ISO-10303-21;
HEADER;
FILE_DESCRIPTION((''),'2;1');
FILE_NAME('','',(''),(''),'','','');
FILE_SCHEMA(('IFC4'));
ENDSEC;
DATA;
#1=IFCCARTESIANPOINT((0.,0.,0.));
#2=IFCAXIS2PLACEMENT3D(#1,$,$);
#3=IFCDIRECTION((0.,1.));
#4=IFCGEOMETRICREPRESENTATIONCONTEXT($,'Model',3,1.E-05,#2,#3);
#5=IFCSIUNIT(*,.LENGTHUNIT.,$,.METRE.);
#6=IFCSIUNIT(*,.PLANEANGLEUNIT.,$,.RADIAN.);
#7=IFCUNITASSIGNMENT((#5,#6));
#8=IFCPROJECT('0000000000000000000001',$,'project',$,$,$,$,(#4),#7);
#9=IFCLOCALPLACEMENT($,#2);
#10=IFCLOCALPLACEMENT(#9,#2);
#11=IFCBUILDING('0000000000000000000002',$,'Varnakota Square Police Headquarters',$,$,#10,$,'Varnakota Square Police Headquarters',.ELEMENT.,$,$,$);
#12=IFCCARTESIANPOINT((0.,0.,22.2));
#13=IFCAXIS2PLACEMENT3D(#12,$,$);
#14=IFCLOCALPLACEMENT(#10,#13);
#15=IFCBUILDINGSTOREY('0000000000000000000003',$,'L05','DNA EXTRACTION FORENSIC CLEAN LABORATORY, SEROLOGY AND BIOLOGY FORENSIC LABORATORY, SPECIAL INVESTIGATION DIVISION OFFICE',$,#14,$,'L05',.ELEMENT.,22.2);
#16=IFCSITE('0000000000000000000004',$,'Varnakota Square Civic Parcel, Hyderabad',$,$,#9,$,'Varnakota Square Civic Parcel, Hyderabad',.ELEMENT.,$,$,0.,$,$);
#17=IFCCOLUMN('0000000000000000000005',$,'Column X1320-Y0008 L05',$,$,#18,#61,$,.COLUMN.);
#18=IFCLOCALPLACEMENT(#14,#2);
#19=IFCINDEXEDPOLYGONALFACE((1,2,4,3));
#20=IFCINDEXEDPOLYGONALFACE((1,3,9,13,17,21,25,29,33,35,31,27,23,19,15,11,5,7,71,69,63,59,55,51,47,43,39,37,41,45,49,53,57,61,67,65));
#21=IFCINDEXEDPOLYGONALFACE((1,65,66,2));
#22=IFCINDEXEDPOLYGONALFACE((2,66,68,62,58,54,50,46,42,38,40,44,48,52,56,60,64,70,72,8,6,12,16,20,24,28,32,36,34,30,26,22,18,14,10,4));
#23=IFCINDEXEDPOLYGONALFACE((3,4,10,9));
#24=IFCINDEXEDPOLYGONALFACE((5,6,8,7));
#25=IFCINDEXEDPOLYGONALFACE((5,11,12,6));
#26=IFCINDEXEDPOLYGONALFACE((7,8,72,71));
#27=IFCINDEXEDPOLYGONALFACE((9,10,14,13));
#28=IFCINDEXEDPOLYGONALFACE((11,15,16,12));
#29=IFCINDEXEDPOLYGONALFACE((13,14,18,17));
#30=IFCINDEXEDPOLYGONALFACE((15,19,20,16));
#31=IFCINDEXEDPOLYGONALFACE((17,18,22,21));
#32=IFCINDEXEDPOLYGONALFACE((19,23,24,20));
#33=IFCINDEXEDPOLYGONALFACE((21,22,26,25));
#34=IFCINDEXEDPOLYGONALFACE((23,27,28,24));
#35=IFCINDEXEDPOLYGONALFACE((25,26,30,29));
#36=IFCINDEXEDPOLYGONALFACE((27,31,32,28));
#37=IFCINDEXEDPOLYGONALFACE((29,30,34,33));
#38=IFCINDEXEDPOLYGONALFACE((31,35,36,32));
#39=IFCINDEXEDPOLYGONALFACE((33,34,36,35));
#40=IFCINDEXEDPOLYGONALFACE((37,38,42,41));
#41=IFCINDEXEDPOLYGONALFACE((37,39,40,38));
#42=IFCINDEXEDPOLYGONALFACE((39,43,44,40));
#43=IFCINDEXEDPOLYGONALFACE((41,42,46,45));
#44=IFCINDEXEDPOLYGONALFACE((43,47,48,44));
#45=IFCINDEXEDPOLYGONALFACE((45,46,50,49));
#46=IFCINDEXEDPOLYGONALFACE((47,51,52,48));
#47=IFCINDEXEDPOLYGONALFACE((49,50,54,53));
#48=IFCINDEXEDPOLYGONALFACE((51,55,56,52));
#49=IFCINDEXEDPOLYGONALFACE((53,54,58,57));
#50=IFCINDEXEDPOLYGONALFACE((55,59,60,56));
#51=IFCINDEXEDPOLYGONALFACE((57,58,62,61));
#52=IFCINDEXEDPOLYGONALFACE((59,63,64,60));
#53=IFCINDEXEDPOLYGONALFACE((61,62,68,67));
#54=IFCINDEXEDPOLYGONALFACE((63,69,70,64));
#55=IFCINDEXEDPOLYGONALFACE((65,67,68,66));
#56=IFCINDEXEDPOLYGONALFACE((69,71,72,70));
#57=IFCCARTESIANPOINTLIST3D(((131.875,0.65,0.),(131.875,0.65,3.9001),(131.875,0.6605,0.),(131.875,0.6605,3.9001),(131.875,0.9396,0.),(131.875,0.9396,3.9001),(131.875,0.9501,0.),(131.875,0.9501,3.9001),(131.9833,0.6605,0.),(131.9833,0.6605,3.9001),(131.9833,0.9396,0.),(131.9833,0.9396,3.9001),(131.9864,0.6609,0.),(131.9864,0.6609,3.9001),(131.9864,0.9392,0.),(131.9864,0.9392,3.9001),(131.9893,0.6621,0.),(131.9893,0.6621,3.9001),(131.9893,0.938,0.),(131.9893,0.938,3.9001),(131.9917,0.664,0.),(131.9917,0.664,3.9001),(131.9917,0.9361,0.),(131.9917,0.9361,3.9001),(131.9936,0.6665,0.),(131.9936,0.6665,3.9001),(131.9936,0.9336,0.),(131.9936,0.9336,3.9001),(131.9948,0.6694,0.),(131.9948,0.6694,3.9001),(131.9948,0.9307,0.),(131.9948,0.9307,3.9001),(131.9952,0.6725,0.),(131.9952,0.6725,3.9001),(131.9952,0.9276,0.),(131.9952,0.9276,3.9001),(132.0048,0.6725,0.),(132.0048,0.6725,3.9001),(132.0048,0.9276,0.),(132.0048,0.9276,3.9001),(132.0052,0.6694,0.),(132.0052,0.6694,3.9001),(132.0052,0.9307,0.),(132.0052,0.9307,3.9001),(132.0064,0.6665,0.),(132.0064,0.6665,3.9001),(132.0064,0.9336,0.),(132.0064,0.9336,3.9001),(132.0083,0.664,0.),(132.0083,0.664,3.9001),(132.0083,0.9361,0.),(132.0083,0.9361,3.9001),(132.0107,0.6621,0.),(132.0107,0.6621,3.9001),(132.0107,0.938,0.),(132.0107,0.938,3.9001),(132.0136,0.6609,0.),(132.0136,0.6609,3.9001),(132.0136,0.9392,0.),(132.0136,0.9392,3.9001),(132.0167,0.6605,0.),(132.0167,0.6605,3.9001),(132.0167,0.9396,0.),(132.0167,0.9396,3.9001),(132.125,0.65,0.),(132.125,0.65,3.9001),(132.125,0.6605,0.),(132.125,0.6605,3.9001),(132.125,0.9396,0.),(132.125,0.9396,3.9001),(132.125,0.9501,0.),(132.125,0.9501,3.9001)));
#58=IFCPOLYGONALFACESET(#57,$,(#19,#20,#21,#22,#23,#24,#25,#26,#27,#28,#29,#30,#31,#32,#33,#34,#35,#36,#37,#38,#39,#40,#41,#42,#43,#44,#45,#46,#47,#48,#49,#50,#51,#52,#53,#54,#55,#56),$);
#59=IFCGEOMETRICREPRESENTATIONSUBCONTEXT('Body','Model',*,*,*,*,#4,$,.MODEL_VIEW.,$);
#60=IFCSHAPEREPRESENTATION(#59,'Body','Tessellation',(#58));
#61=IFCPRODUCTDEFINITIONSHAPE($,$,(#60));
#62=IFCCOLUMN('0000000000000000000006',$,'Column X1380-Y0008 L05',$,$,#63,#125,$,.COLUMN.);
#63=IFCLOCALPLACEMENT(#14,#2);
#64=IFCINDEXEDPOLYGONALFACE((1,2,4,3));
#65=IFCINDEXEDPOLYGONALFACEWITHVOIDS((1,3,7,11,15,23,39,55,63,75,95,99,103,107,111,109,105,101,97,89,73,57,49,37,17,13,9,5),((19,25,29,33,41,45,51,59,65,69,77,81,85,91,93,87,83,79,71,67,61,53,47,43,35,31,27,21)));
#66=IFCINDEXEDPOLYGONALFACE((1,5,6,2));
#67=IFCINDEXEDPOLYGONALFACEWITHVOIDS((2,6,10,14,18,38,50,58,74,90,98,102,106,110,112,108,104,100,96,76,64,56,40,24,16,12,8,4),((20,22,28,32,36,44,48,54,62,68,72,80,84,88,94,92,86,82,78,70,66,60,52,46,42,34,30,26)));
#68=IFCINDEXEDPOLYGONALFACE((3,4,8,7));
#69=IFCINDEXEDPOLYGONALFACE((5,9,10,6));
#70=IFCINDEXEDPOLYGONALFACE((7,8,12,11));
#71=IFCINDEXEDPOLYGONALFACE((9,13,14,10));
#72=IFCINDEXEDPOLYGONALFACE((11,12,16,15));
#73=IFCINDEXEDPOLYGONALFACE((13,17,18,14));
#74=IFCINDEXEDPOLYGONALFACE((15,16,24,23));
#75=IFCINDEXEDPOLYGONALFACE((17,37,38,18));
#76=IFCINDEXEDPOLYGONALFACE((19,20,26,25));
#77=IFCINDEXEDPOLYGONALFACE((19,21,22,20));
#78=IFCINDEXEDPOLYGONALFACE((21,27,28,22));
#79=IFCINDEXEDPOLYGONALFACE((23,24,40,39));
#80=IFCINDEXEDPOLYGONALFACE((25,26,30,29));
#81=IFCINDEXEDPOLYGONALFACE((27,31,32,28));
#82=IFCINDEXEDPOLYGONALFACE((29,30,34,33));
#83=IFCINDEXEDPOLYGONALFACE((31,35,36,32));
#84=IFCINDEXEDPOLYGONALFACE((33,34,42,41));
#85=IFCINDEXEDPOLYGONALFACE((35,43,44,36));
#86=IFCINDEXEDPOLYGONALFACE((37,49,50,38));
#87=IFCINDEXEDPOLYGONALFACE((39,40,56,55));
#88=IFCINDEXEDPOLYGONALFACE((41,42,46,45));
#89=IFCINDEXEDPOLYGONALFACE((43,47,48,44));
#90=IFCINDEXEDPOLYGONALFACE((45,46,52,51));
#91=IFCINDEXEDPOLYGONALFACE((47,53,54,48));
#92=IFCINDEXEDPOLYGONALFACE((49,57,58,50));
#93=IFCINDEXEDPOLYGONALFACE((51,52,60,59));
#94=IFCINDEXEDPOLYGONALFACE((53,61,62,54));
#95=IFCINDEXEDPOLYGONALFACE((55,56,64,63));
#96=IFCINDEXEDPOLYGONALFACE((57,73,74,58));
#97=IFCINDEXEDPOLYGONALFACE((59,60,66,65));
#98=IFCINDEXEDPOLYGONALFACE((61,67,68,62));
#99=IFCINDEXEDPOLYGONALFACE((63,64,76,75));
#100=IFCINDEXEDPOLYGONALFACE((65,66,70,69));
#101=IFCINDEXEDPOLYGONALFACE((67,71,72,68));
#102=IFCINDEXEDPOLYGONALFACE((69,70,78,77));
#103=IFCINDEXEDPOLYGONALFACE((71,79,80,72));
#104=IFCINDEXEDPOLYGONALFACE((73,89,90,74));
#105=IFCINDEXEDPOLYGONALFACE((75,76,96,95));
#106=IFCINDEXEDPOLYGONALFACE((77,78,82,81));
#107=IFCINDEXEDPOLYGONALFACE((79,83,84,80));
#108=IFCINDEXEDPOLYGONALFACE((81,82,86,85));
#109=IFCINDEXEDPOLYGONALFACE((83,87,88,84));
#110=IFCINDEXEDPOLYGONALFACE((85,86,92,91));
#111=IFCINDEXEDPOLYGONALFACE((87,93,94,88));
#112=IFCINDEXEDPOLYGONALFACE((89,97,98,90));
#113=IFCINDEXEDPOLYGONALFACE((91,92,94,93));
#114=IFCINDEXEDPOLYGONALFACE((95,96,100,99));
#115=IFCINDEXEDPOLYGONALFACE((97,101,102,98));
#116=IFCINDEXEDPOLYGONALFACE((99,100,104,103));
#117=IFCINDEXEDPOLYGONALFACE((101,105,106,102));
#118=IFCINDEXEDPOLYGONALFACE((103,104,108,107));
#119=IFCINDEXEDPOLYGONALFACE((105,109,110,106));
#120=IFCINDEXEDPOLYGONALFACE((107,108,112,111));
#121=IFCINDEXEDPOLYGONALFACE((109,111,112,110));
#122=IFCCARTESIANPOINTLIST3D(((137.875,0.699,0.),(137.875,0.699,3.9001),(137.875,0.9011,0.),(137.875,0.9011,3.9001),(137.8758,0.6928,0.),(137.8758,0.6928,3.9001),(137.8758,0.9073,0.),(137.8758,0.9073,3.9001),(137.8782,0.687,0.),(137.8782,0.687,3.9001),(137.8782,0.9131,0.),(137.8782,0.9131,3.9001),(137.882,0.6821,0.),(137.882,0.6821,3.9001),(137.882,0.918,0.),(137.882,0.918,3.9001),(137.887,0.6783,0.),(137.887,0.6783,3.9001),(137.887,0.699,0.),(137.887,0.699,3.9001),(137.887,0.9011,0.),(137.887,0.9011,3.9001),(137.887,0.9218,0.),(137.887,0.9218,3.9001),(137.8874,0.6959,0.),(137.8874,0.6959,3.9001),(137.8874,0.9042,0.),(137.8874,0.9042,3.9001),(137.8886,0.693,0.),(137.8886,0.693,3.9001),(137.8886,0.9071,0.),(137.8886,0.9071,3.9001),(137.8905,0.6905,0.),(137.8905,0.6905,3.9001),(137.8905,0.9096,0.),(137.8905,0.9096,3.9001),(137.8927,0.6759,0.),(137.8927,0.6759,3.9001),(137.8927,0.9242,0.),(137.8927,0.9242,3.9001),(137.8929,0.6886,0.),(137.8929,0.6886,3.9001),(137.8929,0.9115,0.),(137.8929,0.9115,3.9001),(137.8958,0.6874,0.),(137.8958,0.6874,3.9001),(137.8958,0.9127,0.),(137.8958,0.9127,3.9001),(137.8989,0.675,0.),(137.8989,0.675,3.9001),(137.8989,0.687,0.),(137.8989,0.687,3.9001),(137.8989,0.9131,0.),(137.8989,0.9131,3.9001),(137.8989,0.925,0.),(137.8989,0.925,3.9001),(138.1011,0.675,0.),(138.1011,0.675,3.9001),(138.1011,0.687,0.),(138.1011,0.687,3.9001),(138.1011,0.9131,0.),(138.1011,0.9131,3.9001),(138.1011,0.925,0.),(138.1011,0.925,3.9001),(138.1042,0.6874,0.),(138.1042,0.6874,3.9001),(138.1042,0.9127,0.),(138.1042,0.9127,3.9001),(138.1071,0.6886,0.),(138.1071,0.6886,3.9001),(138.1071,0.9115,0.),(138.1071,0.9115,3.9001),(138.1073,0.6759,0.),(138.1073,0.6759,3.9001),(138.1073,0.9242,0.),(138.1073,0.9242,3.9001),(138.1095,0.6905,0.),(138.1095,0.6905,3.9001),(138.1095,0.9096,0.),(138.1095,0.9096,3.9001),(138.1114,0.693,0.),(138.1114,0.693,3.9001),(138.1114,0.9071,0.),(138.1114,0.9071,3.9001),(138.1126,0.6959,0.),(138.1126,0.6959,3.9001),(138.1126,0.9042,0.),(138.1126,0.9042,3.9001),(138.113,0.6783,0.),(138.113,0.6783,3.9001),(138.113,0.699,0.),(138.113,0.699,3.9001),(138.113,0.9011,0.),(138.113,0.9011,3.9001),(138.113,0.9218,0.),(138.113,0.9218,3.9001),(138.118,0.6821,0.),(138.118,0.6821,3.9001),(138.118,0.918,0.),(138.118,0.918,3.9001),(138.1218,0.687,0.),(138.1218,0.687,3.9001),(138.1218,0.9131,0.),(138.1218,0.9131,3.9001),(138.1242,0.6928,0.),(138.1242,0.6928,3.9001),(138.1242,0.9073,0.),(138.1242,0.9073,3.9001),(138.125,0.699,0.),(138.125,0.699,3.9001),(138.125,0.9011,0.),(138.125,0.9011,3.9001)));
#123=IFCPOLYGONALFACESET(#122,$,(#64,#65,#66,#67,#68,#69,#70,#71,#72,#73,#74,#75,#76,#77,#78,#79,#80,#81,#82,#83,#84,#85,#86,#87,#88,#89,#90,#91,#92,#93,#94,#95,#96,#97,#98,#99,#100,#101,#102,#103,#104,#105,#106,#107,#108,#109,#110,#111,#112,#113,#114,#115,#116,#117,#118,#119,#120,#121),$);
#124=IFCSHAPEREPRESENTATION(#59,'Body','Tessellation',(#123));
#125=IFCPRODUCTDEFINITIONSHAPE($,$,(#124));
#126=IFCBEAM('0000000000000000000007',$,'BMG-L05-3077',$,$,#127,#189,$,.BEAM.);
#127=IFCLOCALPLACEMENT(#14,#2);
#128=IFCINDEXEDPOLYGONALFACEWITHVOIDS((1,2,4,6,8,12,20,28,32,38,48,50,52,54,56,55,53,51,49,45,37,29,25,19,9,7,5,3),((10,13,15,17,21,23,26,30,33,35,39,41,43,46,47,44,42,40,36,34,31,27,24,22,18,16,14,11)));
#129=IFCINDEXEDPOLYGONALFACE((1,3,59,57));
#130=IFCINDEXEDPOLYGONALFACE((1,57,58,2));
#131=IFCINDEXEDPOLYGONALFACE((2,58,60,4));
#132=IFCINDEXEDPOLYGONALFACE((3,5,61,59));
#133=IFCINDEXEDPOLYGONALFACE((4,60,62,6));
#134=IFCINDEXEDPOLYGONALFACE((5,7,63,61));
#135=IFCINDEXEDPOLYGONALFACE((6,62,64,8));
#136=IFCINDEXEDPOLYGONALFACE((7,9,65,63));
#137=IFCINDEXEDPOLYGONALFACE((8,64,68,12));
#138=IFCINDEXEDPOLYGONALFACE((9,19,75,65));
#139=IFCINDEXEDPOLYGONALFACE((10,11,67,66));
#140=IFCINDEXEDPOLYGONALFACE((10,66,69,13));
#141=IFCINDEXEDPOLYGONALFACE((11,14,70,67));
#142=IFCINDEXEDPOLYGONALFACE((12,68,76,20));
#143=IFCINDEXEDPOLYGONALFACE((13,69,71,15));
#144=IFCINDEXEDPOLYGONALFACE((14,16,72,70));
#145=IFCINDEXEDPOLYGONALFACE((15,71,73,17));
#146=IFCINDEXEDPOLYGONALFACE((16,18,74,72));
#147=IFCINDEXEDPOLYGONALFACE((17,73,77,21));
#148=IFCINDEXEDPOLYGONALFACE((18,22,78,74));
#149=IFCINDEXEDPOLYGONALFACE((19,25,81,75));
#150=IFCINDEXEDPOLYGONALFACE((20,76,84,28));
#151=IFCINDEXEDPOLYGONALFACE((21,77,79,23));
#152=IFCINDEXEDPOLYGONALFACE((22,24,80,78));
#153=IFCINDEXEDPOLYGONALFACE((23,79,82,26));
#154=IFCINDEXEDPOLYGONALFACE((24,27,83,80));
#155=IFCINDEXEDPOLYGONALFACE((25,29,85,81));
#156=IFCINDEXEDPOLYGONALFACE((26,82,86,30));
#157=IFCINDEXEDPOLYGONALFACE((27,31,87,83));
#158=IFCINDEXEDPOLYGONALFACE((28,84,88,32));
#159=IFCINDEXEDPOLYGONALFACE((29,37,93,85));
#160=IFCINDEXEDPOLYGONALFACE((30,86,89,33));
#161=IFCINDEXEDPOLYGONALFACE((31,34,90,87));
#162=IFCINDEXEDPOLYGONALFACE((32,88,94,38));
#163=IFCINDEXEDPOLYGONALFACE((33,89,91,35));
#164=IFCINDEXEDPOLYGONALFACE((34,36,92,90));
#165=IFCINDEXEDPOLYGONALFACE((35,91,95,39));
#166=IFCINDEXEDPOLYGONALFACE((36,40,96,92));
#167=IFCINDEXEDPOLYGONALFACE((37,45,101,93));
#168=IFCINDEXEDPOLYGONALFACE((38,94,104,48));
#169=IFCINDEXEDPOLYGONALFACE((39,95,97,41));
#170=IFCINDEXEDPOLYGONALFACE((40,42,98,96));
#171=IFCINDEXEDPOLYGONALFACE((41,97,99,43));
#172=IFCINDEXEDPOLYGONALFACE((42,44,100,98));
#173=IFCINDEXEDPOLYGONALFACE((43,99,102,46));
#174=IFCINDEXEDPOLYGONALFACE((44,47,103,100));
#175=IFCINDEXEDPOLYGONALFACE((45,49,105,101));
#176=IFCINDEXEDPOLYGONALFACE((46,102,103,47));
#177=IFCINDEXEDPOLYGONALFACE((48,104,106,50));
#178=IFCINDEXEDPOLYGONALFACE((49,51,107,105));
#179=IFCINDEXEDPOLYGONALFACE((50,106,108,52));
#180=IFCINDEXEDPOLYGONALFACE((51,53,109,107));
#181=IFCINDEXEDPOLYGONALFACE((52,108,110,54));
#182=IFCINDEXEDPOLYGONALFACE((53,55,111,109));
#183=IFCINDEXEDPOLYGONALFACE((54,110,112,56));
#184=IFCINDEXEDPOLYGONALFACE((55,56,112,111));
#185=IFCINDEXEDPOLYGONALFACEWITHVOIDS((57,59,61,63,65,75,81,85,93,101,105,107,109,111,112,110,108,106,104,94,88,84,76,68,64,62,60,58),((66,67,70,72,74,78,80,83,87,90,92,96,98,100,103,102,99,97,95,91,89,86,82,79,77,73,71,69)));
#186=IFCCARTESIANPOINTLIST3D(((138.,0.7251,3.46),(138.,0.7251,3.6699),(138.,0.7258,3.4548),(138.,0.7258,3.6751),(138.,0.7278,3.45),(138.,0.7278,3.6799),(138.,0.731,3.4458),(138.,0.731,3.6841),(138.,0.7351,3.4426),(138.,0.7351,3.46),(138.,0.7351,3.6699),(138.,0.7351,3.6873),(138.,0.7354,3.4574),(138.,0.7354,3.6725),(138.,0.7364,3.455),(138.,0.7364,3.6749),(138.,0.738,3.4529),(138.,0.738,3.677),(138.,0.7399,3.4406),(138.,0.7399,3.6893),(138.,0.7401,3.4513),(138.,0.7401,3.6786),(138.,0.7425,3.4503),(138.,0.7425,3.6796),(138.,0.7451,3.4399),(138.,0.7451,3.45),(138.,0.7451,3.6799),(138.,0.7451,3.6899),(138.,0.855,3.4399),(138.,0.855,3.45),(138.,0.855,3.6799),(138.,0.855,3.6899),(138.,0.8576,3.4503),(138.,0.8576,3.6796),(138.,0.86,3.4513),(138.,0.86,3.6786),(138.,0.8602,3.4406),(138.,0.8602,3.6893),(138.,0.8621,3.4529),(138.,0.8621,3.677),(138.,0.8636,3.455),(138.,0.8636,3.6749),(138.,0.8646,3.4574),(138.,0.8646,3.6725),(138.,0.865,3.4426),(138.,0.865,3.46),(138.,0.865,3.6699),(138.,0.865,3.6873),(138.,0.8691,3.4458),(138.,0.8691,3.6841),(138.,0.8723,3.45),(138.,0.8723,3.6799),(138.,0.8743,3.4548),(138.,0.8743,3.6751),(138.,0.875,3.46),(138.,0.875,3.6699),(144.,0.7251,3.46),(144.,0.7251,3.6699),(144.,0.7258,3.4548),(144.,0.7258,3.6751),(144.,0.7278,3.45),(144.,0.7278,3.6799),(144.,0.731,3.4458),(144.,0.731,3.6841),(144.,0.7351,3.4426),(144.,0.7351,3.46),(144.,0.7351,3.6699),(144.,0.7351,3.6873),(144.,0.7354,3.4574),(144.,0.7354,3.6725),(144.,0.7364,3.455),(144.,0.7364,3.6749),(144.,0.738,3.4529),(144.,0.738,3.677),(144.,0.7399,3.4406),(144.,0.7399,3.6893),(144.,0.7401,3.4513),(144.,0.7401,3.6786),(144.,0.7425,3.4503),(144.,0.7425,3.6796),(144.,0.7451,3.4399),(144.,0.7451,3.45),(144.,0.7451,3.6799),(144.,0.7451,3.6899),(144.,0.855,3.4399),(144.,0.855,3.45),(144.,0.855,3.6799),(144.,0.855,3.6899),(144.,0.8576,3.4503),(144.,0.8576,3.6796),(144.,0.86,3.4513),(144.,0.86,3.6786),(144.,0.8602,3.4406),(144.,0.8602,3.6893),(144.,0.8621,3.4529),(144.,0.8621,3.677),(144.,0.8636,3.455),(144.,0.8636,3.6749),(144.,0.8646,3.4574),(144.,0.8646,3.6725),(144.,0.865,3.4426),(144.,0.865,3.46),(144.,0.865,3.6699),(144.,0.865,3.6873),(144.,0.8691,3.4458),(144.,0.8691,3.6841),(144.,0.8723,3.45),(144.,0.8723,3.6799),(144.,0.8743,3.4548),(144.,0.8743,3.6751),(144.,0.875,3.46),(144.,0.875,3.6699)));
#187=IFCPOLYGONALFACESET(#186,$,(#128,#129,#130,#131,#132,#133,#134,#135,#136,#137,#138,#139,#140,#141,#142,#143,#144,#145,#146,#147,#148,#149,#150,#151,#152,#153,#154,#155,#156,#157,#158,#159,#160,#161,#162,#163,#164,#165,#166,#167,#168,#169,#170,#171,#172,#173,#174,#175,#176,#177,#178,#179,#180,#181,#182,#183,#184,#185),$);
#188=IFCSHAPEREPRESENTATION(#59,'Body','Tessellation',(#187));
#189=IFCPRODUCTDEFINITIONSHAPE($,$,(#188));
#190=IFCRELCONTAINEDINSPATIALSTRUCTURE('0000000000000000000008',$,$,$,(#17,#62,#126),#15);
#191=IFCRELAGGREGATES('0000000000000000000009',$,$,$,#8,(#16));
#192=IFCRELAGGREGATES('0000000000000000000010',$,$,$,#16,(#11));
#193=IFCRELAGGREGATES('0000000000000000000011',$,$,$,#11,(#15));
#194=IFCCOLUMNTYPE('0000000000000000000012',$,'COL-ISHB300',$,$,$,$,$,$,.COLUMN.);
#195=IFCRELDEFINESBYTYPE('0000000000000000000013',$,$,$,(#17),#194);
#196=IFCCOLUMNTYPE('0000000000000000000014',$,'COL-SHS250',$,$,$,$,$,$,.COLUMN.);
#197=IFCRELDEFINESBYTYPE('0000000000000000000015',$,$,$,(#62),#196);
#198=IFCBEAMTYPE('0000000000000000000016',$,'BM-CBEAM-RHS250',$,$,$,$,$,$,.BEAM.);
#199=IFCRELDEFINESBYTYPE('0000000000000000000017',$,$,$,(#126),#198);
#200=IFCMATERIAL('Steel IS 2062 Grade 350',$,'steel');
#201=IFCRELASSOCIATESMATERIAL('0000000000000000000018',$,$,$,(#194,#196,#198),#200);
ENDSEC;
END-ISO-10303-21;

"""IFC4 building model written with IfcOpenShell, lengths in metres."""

from ifc_helpers import new_model, si_unit, direction, frame, origin, origin_2d, place, context, subcontext, project, spatial, hollow_rectangle, i_section, extrude, material, material_profile, profile_set, type_object, element, save


model = new_model("IFC4")

# Units and contexts
model_context = context("Model", 3, precision=1e-05, world=origin(), true_north=direction((0.0, 1.0)))
body_context = subcontext(model_context, "Body", "Model", "MODEL_VIEW")
ifc_project = project(units=[si_unit("LENGTHUNIT", "METRE"), si_unit("PLANEANGLEUNIT", "RADIAN")], contexts=[model_context])

# Site, building, storey
site_placement = place(None, origin())
site = spatial("IfcSite", under=ifc_project, at=site_placement, Name="Varnakota Square Civic Parcel, Hyderabad", LongName="Varnakota Square Civic Parcel, Hyderabad", CompositionType="ELEMENT", RefElevation=0.0)
building_placement = place(site_placement, origin())
building = spatial("IfcBuilding", under=site, at=building_placement, Name="Varnakota Square Police Headquarters", LongName="Varnakota Square Police Headquarters", CompositionType="ELEMENT")
storey_placement = place(building_placement, frame((0.0, 0.0, 22.2)))
storey = spatial("IfcBuildingStorey", under=building, at=storey_placement, Name="L05", Description="DNA EXTRACTION FORENSIC CLEAN LABORATORY, SEROLOGY AND BIOLOGY FORENSIC LABORATORY, SPECIAL INVESTIGATION DIVISION OFFICE", LongName="L05", CompositionType="ELEMENT", Elevation=22.2)

# Columns
ifc_material_1 = material(Name="Steel IS 2062 Grade 350", Category="steel")
ifc_material_profile_1 = material_profile(ifc_material_1, i_section(OverallWidth=0.25, OverallDepth=0.3, WebThickness=0.0095, FlangeThickness=0.0105, FilletRadius=0.012, at=origin_2d()), Name="ISHB 300")
ifc_profile_set_1 = profile_set([ifc_material_profile_1], Name="Steel IS 2062 Grade 350")
column_type_1 = type_object("IfcColumnType", Name="COL-ISHB300", PredefinedType="COLUMN", material=ifc_profile_set_1)
column_1_placement = place(storey_placement, frame((132.0, 0.8, 0.0), z_axis=(0.0, 0.0, 1.0), x_axis=(1.0, 0.0, 0.0)))
element("IfcColumn", 1, at=column_1_placement, inside=storey, type_object=column_type_1, Name="Column X1320-Y0008 L05", PredefinedType="COLUMN", context=body_context, shape_type="SweptSolid", body=[
    extrude(i_section(OverallWidth=0.25, OverallDepth=0.3, WebThickness=0.0095, FlangeThickness=0.0105, FilletRadius=0.012, at=origin_2d()), origin(), (0.0, 0.0, 1.0), 3.9001),
])
ifc_material_profile_2 = material_profile(ifc_material_1, hollow_rectangle(XDim=0.25, YDim=0.25, WallThickness=0.012, InnerFilletRadius=0.012, OuterFilletRadius=0.0239, at=origin_2d()), Name="SHS 250x250x12")
ifc_profile_set_2 = profile_set([ifc_material_profile_2], Name="Steel IS 2062 Grade 350")
column_type_2 = type_object("IfcColumnType", Name="COL-SHS250", PredefinedType="COLUMN", material=ifc_profile_set_2)
column_2_placement = place(storey_placement, frame((138.0, 0.8, 0.0), z_axis=(0.0, 0.0, 1.0), x_axis=(1.0, 0.0, 0.0)))
element("IfcColumn", 2, at=column_2_placement, inside=storey, type_object=column_type_2, Name="Column X1380-Y0008 L05", PredefinedType="COLUMN", context=body_context, shape_type="SweptSolid", body=[
    extrude(hollow_rectangle(XDim=0.25, YDim=0.25, WallThickness=0.012, InnerFilletRadius=0.012, OuterFilletRadius=0.0239, at=origin_2d()), origin(), (0.0, 0.0, 1.0), 3.9001),
])

# Beam
ifc_material_profile_3 = material_profile(ifc_material_1, hollow_rectangle(XDim=0.1499, YDim=0.25, WallThickness=0.01, InnerFilletRadius=0.01, OuterFilletRadius=0.02, at=origin_2d()), Name="RHS 250x150x10")
ifc_profile_set_3 = profile_set([ifc_material_profile_3], Name="Steel IS 2062 Grade 350")
beam_type_1 = type_object("IfcBeamType", Name="BM-CBEAM-RHS250", PredefinedType="BEAM", material=ifc_profile_set_3)
beam_1_placement = place(storey_placement, frame((138.0, 0.8, 3.5649), z_axis=(1.0, 0.0, 0.0), x_axis=(0.0, 1.0, 0.0)))
element("IfcBeam", 3, at=beam_1_placement, inside=storey, type_object=beam_type_1, Name="BMG-L05-3077", PredefinedType="BEAM", context=body_context, shape_type="SweptSolid", body=[
    extrude(hollow_rectangle(XDim=0.1499, YDim=0.25, WallThickness=0.01, InnerFilletRadius=0.01, OuterFilletRadius=0.02, at=origin_2d()), origin(), (0.0, 0.0, 1.0), 6.0),
])

save(model, "model.ifc")
